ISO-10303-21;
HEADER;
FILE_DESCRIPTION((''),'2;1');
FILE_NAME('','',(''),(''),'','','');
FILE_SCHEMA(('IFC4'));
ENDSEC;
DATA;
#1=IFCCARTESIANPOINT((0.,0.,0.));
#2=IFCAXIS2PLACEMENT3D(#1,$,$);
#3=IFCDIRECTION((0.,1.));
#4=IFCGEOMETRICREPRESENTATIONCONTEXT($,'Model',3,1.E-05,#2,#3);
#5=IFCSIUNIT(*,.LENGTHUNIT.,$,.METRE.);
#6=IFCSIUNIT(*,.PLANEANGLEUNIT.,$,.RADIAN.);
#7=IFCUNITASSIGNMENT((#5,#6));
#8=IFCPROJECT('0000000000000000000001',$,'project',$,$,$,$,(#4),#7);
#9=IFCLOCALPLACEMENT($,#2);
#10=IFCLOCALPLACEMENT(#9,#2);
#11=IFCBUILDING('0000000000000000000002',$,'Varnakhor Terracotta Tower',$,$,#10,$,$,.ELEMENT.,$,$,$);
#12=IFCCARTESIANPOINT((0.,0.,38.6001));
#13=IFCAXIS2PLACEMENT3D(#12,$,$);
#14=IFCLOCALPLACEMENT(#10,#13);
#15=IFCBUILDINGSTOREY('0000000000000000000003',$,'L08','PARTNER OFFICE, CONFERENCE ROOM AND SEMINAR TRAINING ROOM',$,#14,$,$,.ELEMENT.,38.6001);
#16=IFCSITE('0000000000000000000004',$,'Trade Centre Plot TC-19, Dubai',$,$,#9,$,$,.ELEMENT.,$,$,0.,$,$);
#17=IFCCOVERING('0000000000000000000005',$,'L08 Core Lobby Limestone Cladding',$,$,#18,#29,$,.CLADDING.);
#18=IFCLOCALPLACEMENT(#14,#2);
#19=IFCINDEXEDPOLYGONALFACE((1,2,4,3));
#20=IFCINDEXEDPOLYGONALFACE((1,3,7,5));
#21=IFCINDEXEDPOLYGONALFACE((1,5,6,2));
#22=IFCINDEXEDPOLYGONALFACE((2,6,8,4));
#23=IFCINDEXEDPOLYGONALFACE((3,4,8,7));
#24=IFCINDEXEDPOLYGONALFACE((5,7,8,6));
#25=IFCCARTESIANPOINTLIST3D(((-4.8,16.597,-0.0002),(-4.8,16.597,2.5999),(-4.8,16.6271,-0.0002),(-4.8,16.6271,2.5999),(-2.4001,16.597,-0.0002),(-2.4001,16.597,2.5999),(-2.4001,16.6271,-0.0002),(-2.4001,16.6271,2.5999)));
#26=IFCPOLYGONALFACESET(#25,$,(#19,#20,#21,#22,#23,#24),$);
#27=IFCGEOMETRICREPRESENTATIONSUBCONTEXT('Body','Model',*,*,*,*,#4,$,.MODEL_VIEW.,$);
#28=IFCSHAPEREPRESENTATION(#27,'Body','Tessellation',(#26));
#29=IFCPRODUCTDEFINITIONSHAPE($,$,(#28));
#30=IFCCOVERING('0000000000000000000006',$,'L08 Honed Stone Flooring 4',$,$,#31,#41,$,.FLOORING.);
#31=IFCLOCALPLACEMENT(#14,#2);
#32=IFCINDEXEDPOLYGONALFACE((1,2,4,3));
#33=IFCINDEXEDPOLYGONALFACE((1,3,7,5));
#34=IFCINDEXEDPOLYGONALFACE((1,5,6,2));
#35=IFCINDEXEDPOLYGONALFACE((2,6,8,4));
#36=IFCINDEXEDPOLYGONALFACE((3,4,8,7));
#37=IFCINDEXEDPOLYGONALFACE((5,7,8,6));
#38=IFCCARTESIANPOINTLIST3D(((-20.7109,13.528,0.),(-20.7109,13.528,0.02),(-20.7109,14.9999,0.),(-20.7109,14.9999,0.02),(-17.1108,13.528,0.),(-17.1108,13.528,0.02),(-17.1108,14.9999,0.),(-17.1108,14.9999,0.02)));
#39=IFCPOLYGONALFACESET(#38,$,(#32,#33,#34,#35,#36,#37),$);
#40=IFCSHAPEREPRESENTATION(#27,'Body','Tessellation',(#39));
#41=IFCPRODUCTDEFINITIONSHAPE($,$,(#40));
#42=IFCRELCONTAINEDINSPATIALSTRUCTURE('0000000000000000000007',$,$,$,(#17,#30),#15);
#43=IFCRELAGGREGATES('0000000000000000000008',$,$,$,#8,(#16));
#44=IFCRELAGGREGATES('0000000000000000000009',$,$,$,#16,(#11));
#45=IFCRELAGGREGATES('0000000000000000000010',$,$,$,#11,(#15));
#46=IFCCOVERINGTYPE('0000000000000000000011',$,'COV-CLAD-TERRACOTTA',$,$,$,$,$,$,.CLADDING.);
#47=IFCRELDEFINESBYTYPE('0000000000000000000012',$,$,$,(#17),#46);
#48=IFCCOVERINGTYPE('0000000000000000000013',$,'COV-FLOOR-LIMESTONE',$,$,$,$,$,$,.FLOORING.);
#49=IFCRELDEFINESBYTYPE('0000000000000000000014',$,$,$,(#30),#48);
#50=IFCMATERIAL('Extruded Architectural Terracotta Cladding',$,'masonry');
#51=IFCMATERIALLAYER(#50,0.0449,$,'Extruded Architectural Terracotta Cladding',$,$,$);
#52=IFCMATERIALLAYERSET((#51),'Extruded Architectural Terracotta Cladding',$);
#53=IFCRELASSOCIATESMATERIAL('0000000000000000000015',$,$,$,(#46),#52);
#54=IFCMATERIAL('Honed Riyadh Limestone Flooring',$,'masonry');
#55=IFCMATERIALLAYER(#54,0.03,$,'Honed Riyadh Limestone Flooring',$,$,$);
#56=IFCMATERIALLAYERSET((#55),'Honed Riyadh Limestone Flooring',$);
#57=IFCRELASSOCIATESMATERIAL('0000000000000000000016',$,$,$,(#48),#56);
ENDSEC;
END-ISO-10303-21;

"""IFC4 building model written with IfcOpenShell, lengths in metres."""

from ifc_helpers import new_model, si_unit, direction, frame, origin, origin_2d, place, context, subcontext, project, spatial, rectangle, extrude, source, transform, mapped, material, layer, layer_set, type_object, type_shapes, element, save


model = new_model("IFC4")

# Units and contexts
model_context = context("Model", 3, precision=1e-05, world=origin(), true_north=direction((0.0, 1.0)))
body_context = subcontext(model_context, "Body", "Model", "MODEL_VIEW")
ifc_project = project(units=[si_unit("LENGTHUNIT", "METRE"), si_unit("PLANEANGLEUNIT", "RADIAN")], contexts=[model_context])

# Site, building, storey
site_placement = place(None, origin())
site = spatial("IfcSite", under=ifc_project, at=site_placement, Name="Trade Centre Plot TC-19, Dubai", CompositionType="ELEMENT", RefElevation=0.0)
building_placement = place(site_placement, origin())
building = spatial("IfcBuilding", under=site, at=building_placement, Name="Varnakhor Terracotta Tower", CompositionType="ELEMENT")
storey_placement = place(building_placement, frame((0.0, 0.0, 38.6001)))
storey = spatial("IfcBuildingStorey", under=building, at=storey_placement, Name="L08", Description="PARTNER OFFICE, CONFERENCE ROOM AND SEMINAR TRAINING ROOM", CompositionType="ELEMENT", Elevation=38.6001)

# Coverings
ifc_material_1 = material(Name="Extruded Architectural Terracotta Cladding", Category="masonry")
ifc_layer_1 = layer(ifc_material_1, 0.0449, Name="Extruded Architectural Terracotta Cladding")
ifc_layer_set_1 = layer_set([ifc_layer_1], Name="Extruded Architectural Terracotta Cladding")
covering_type_1 = type_object("IfcCoveringType", Name="COV-CLAD-TERRACOTTA", PredefinedType="CLADDING", material=ifc_layer_set_1)
shared_shape_1 = source(origin(), body_context, "Body", "SweptSolid", [
    extrude(rectangle(XDim=2.3999, YDim=0.03, at=origin_2d()), origin(), (0.0, 0.0, 1.0), 2.6001),
])
type_shapes(covering_type_1, [shared_shape_1])
covering_1_placement = place(storey_placement, frame((-3.6001, 16.6121, -0.0002), z_axis=(0.0, 0.0, 1.0), x_axis=(1.0, 0.0, 0.0)))
element("IfcCovering", 1, at=covering_1_placement, inside=storey, type_object=covering_type_1, Name="L08 Core Lobby Limestone Cladding", PredefinedType="CLADDING", context=body_context, shape_type="MappedRepresentation", body=[
    mapped(shared_shape_1, transform((0.0, 0.0, 0.0), scale=1.0)),
])
ifc_material_2 = material(Name="Honed Riyadh Limestone Flooring", Category="masonry")
ifc_layer_2 = layer(ifc_material_2, 0.03, Name="Honed Riyadh Limestone Flooring")
ifc_layer_set_2 = layer_set([ifc_layer_2], Name="Honed Riyadh Limestone Flooring")
covering_type_2 = type_object("IfcCoveringType", Name="COV-FLOOR-LIMESTONE", PredefinedType="FLOORING", material=ifc_layer_set_2)
shared_shape_2 = source(origin(), body_context, "Body", "SweptSolid", [
    extrude(rectangle(XDim=3.6001, YDim=1.4719, at=origin_2d()), origin(), (0.0, 0.0, 1.0), 0.02),
])
covering_2_placement = place(storey_placement, frame((-18.9109, 14.2639, 0.0), z_axis=(0.0, 0.0, 1.0), x_axis=(1.0, 0.0, 0.0)))
element("IfcCovering", 2, at=covering_2_placement, inside=storey, type_object=covering_type_2, Name="L08 Honed Stone Flooring 4", PredefinedType="FLOORING", context=body_context, shape_type="MappedRepresentation", body=[
    mapped(shared_shape_2, transform((0.0, 0.0, 0.0), scale=1.0)),
])

save(model, "model.ifc")
